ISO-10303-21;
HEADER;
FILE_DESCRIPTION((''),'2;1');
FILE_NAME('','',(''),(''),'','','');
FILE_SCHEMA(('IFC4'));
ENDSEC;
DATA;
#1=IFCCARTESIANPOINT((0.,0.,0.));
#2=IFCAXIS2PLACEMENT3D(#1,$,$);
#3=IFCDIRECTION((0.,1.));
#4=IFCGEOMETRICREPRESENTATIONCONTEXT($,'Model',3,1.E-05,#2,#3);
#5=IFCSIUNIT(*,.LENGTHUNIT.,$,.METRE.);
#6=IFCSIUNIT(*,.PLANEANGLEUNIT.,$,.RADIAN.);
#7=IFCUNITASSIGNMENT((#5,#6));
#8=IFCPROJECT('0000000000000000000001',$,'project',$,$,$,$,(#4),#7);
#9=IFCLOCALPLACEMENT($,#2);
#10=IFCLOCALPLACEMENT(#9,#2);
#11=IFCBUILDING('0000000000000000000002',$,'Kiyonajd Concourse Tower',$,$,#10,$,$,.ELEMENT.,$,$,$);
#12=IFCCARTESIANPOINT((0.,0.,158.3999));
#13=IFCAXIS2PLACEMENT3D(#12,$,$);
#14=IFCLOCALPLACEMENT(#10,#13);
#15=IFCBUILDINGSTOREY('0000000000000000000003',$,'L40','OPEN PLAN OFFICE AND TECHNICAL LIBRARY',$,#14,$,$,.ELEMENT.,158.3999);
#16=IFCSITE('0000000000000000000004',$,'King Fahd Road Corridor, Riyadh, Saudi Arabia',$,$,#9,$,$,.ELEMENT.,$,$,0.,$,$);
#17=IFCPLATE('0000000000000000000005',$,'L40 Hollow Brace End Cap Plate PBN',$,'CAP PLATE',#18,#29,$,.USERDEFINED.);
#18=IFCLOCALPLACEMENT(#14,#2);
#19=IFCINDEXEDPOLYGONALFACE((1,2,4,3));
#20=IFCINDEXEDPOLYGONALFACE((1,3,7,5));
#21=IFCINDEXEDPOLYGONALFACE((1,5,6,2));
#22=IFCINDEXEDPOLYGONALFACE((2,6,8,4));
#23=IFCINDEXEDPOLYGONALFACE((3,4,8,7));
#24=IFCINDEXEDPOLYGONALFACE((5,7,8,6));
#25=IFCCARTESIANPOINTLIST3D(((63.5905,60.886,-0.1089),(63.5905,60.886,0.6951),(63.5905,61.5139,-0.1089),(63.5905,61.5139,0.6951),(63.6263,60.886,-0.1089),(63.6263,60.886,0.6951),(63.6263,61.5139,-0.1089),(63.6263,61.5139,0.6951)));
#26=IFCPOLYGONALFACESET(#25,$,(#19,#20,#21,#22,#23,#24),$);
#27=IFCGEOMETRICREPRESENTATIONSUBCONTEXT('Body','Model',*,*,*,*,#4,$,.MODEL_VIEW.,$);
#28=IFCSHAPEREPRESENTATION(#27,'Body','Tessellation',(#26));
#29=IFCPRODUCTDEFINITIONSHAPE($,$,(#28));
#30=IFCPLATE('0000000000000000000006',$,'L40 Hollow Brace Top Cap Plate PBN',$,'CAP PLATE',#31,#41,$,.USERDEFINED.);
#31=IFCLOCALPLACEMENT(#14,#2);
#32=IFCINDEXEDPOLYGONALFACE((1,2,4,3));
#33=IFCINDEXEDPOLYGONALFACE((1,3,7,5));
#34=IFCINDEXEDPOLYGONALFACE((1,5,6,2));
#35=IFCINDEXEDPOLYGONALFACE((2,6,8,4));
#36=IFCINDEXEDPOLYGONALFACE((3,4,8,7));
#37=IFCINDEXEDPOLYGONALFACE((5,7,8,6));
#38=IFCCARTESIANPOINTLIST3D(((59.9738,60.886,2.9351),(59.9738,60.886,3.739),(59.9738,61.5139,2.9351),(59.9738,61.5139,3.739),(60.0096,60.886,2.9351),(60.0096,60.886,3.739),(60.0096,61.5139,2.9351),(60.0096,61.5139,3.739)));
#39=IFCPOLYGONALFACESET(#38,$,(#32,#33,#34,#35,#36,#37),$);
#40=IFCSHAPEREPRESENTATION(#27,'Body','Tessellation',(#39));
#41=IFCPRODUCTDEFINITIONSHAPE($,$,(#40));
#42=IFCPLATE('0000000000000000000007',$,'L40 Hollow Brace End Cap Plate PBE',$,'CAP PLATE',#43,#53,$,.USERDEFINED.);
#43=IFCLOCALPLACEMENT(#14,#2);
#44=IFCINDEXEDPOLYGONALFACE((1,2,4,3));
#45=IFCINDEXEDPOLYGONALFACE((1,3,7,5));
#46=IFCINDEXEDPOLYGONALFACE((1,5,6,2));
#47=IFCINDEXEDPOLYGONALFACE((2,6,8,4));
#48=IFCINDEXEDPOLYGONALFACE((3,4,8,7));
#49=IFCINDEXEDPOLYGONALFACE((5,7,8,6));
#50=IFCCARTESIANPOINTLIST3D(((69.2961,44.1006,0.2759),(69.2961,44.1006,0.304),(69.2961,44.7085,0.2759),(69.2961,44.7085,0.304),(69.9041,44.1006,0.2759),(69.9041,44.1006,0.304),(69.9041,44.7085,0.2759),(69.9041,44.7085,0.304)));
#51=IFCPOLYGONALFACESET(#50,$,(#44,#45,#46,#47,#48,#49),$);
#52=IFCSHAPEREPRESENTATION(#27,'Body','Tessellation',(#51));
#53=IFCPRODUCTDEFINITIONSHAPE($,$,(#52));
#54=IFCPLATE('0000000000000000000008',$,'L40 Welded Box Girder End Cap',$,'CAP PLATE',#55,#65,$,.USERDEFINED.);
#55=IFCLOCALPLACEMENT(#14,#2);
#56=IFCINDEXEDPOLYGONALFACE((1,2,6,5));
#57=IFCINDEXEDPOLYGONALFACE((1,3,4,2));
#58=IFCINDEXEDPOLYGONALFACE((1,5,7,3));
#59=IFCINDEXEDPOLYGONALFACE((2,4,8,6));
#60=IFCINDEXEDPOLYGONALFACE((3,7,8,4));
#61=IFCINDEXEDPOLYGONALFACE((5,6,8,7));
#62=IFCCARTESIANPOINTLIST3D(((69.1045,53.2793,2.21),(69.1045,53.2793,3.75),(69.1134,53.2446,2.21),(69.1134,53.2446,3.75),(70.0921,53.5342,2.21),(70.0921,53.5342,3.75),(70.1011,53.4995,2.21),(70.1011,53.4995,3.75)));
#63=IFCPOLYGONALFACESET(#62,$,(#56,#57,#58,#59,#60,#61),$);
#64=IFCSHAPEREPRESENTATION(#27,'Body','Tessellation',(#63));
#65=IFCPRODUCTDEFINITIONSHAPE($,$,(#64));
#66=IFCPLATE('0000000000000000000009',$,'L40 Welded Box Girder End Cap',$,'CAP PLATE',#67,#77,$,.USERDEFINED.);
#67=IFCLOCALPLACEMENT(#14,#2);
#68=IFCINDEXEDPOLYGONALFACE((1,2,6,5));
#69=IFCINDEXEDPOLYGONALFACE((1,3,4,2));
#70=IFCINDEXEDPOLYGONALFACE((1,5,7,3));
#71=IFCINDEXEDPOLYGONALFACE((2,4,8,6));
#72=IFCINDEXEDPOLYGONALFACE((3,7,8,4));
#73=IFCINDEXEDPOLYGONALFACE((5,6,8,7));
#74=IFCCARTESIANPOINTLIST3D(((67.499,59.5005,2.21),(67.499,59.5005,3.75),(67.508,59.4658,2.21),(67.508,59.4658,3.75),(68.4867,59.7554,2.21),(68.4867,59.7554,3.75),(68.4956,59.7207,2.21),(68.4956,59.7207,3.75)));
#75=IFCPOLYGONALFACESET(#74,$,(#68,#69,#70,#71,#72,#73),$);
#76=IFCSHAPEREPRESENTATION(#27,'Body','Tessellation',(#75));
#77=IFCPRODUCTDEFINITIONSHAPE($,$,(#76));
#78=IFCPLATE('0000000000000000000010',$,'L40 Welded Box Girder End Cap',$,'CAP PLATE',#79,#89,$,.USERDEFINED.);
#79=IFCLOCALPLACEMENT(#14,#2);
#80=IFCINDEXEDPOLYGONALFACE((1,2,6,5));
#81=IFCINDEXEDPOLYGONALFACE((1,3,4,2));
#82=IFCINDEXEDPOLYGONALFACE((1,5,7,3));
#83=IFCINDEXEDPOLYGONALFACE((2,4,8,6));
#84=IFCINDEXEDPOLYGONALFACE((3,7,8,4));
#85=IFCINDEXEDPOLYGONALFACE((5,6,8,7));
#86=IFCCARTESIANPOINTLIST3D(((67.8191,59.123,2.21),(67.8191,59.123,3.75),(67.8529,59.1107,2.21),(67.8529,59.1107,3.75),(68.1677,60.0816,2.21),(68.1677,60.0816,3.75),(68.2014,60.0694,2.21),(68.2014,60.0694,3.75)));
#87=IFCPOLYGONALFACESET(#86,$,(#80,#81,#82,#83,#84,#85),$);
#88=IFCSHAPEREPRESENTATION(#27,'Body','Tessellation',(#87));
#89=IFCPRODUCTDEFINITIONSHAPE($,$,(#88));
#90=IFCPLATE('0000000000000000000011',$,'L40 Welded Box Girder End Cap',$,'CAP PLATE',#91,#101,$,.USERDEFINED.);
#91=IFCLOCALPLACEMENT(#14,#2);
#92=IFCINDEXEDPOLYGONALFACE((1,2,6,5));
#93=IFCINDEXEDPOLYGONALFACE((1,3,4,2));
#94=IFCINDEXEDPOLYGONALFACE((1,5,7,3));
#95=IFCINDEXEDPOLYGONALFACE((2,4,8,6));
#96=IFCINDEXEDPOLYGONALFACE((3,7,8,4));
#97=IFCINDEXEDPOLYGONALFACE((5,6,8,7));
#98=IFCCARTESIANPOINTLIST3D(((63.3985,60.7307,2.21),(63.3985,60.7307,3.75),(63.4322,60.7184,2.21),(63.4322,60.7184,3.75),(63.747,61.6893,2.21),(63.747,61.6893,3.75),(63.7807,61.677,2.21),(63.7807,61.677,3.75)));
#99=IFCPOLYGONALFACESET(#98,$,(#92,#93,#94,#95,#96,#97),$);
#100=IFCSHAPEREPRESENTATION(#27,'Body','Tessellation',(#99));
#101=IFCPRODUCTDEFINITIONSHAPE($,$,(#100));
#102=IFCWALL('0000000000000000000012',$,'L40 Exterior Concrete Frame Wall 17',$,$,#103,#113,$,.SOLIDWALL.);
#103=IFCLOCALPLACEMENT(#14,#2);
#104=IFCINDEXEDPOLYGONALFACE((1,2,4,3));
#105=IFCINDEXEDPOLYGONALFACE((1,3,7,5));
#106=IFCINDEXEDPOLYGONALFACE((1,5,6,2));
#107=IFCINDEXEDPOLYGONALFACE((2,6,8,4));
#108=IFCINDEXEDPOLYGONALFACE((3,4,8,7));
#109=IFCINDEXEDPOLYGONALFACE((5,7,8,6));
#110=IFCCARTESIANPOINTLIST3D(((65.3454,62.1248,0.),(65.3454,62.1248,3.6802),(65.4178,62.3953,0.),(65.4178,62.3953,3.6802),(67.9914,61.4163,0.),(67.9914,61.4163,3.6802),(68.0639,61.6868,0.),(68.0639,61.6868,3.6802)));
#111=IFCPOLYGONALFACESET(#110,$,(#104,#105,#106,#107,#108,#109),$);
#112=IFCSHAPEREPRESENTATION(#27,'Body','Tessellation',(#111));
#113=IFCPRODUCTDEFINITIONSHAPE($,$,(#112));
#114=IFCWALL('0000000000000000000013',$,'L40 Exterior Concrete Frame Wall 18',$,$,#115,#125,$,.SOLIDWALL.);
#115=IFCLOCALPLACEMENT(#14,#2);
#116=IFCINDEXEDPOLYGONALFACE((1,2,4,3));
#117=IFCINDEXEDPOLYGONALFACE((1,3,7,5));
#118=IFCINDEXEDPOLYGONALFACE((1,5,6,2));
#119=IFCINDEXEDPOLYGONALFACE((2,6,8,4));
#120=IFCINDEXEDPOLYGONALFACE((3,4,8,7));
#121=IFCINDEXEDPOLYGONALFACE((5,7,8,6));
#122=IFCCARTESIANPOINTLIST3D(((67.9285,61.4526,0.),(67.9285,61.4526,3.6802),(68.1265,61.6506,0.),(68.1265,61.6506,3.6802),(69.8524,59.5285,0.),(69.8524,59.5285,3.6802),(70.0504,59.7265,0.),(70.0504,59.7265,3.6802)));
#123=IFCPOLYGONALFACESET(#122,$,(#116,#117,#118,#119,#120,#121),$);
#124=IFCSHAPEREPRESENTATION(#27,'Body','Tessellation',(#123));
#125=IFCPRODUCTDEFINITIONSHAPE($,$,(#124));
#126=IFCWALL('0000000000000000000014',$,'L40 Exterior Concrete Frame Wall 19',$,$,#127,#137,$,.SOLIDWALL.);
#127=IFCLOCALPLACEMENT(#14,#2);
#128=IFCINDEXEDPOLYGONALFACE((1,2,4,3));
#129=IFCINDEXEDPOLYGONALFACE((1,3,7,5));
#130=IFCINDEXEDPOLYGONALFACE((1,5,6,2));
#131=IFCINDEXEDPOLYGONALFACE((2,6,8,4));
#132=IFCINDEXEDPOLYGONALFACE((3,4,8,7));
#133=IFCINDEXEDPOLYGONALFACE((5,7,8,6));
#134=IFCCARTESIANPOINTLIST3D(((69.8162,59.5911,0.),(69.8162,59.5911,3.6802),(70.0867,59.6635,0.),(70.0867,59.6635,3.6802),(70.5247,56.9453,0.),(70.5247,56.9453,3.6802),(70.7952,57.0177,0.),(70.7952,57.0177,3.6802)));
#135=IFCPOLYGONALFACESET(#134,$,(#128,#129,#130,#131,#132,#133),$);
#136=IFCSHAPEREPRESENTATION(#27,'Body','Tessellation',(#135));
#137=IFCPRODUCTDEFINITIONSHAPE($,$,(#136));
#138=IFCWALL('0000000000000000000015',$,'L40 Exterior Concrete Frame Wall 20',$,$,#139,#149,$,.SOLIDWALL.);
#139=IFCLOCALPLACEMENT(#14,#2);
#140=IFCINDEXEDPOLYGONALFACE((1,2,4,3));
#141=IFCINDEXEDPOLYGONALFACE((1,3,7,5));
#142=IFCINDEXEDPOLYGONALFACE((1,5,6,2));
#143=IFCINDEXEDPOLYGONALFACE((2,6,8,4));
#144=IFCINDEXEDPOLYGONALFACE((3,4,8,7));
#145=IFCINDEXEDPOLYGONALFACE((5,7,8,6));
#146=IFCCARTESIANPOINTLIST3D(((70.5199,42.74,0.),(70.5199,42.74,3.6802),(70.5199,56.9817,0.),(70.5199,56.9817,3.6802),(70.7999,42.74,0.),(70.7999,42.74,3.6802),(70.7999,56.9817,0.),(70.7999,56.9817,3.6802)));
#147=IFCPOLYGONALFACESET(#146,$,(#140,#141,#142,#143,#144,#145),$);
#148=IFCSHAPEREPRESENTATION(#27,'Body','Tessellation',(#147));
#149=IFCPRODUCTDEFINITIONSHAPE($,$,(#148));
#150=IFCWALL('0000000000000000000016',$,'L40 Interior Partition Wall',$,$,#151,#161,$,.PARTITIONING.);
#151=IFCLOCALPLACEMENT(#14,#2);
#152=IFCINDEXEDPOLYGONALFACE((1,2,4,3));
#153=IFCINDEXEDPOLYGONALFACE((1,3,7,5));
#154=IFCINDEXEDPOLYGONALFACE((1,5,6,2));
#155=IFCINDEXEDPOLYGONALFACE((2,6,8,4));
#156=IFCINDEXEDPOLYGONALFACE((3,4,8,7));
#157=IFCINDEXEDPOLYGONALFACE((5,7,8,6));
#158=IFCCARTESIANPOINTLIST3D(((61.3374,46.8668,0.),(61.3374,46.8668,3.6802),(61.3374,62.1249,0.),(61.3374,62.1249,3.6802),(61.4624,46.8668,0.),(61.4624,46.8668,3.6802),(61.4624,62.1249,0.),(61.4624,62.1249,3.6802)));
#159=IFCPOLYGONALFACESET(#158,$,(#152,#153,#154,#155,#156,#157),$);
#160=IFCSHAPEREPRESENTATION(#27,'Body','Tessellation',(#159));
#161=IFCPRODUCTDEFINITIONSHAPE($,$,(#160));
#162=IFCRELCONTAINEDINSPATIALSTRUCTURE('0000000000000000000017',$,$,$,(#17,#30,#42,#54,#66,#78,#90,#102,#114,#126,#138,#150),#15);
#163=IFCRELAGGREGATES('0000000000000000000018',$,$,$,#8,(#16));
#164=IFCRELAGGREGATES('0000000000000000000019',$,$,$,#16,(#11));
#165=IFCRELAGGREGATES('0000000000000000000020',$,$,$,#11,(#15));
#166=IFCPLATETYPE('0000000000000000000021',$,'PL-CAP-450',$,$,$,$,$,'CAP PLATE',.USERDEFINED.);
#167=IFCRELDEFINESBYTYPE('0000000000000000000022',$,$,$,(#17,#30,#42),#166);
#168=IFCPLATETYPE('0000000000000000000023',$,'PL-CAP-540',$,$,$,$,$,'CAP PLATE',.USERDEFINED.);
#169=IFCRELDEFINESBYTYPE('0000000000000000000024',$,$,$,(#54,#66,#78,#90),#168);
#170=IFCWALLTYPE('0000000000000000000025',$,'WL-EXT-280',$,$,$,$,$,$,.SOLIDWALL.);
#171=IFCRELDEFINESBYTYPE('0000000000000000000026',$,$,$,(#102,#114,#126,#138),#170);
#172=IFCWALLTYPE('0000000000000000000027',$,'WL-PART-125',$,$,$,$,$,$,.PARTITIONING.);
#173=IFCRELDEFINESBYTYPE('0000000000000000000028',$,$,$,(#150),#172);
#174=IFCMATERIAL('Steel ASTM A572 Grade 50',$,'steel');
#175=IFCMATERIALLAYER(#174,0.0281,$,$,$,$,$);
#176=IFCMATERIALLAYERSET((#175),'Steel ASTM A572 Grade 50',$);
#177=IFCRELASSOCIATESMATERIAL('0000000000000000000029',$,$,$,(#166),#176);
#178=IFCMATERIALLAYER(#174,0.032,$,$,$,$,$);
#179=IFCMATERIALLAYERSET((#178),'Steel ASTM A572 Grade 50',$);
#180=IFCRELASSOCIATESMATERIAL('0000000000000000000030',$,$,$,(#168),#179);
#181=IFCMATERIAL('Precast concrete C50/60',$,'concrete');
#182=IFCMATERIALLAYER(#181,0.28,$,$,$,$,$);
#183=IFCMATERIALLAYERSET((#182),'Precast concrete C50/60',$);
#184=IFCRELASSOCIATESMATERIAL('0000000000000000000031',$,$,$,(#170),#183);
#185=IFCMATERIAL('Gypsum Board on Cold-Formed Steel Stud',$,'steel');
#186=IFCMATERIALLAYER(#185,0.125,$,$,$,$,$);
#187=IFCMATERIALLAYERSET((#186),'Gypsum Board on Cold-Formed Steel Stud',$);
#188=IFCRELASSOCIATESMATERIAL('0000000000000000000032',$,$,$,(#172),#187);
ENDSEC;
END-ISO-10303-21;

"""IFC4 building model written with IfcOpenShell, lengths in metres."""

from ifc_helpers import new_model, si_unit, direction, frame, frame_2d, origin, origin_2d, place, context, subcontext, project, spatial, rectangle, extrude, material, layer, layer_set, type_object, element, save


model = new_model("IFC4")

# Units and contexts
model_context = context("Model", 3, precision=1e-05, world=origin(), true_north=direction((0.0, 1.0)))
body_context = subcontext(model_context, "Body", "Model", "MODEL_VIEW")
ifc_project = project(units=[si_unit("LENGTHUNIT", "METRE"), si_unit("PLANEANGLEUNIT", "RADIAN")], contexts=[model_context])

# Site, building, storey
site_placement = place(None, origin())
site = spatial("IfcSite", under=ifc_project, at=site_placement, Name="King Fahd Road Corridor, Riyadh, Saudi Arabia", CompositionType="ELEMENT", RefElevation=0.0)
building_placement = place(site_placement, origin())
building = spatial("IfcBuilding", under=site, at=building_placement, Name="Kiyonajd Concourse Tower", CompositionType="ELEMENT")
storey_placement = place(building_placement, frame((0.0, 0.0, 158.3999)))
storey = spatial("IfcBuildingStorey", under=building, at=storey_placement, Name="L40", Description="OPEN PLAN OFFICE AND TECHNICAL LIBRARY", CompositionType="ELEMENT", Elevation=158.3999)

# Shared definitions
ifc_material_1 = material(Name="Steel ASTM A572 Grade 50", Category="steel")

# Plates
ifc_layer_1 = layer(ifc_material_1, 0.0281)
ifc_layer_set_1 = layer_set([ifc_layer_1], Name="Steel ASTM A572 Grade 50")
plate_type_1 = type_object("IfcPlateType", Name="PL-CAP-450", ElementType="CAP PLATE", PredefinedType="USERDEFINED", material=ifc_layer_set_1)
for number, where, z_axis, x_axis, name in (
    (1, (63.6084, 61.2, -0.1089), (0.0, 0.0, 1.0), (1.0, 0.0, 0.0), "L40 Hollow Brace End Cap Plate PBN"),
    (2, (59.9917, 61.2, 2.9351), (0.0, 0.0, 1.0), (-1.0, 0.0, 0.0), "L40 Hollow Brace Top Cap Plate PBN"),
):
    element("IfcPlate", number, at=place(storey_placement, frame(where, z_axis=z_axis, x_axis=x_axis)), inside=storey, type_object=plate_type_1, Name=name, ObjectType="CAP PLATE", PredefinedType="USERDEFINED", context=body_context, shape_type="SweptSolid", body=[
        extrude(rectangle(XDim=0.0359, YDim=0.6279, at=origin_2d()), origin(), (0.0, 0.0, 1.0), 0.804),
    ])
plate_placement = place(storey_placement, frame((69.6001, 44.4045, 0.2759), z_axis=(0.0, 0.0, 1.0), x_axis=(1.0, 0.0, 0.0)))
element("IfcPlate", 3, at=plate_placement, inside=storey, type_object=plate_type_1, Name="L40 Hollow Brace End Cap Plate PBE", ObjectType="CAP PLATE", PredefinedType="USERDEFINED", context=body_context, shape_type="SweptSolid", body=[
    extrude(rectangle(XDim=0.6079, YDim=0.6079, at=origin_2d()), origin(), (0.0, 0.0, 1.0), 0.0281),
])
ifc_layer_2 = layer(ifc_material_1, 0.032)
ifc_layer_set_2 = layer_set([ifc_layer_2], Name="Steel ASTM A572 Grade 50")
plate_type_2 = type_object("IfcPlateType", Name="PL-CAP-540", ElementType="CAP PLATE", PredefinedType="USERDEFINED", material=ifc_layer_set_2)
for number, where, z_axis, x_axis, name in (
    (4, (69.6028, 53.3894, 2.21), (0.0, 0.0, 1.0), (0.249873, -0.968279, 0.0), "L40 Welded Box Girder End Cap"),
    (5, (67.9973, 59.6106, 2.21), (0.0, 0.0, 1.0), (-0.249873, 0.968279, 0.0), "L40 Welded Box Girder End Cap"),
    (6, (68.0103, 59.5962, 2.21), (0.0, 0.0, 1.0), (0.939812, -0.341692, 0.0), "L40 Welded Box Girder End Cap"),
    (7, (63.5896, 61.2039, 2.21), (0.0, 0.0, 1.0), (-0.939812, 0.341692, 0.0), "L40 Welded Box Girder End Cap"),
):
    element("IfcPlate", number, at=place(storey_placement, frame(where, z_axis=z_axis, x_axis=x_axis)), inside=storey, type_object=plate_type_2, Name=name, ObjectType="CAP PLATE", PredefinedType="USERDEFINED", context=body_context, shape_type="SweptSolid", body=[
        extrude(rectangle(XDim=0.0359, YDim=1.02, at=origin_2d()), origin(), (0.0, 0.0, 1.0), 1.54),
    ])

# Walls
ifc_material_2 = material(Name="Precast concrete C50/60", Category="concrete")
ifc_layer_3 = layer(ifc_material_2, 0.28)
ifc_layer_set_3 = layer_set([ifc_layer_3], Name="Precast concrete C50/60")
wall_type_1 = type_object("IfcWallType", Name="WL-EXT-280", PredefinedType="SOLIDWALL", material=ifc_layer_set_3)
wall_1_placement = place(storey_placement, frame((65.3816, 62.26, 0.0), z_axis=(0.0, 0.0, 1.0), x_axis=(0.965971, -0.25865, 0.0)))
element("IfcWall", 8, at=wall_1_placement, inside=storey, type_object=wall_type_1, Name="L40 Exterior Concrete Frame Wall 17", PredefinedType="SOLIDWALL", context=body_context, shape_type="SweptSolid", body=[
    extrude(rectangle(XDim=2.7393, YDim=0.28, at=frame_2d((1.3696, 0.0))), origin(), (0.0, 0.0, 1.0), 3.6802),
])
wall_2_placement = place(storey_placement, frame((68.0276, 61.5515, 0.0), z_axis=(0.0, 0.0, 1.0), x_axis=(0.707062, -0.707152, 0.0)))
element("IfcWall", 9, at=wall_2_placement, inside=storey, type_object=wall_type_1, Name="L40 Exterior Concrete Frame Wall 18", PredefinedType="SOLIDWALL", context=body_context, shape_type="SweptSolid", body=[
    extrude(rectangle(XDim=2.7209, YDim=0.28, at=frame_2d((1.3604, 0.0))), origin(), (0.0, 0.0, 1.0), 3.6802),
])
wall_3_placement = place(storey_placement, frame((69.9514, 59.6274, 0.0), z_axis=(0.0, 0.0, 1.0), x_axis=(0.258672, -0.965965, 0.0)))
element("IfcWall", 10, at=wall_3_placement, inside=storey, type_object=wall_type_1, Name="L40 Exterior Concrete Frame Wall 19", PredefinedType="SOLIDWALL", context=body_context, shape_type="SweptSolid", body=[
    extrude(rectangle(XDim=2.739, YDim=0.28, at=frame_2d((1.3696, 0.0))), origin(), (0.0, 0.0, 1.0), 3.6802),
])
wall_4_placement = place(storey_placement, frame((70.6599, 56.9817, 0.0), z_axis=(0.0, 0.0, 1.0), x_axis=(0.0, -1.0, 0.0)))
element("IfcWall", 11, at=wall_4_placement, inside=storey, type_object=wall_type_1, Name="L40 Exterior Concrete Frame Wall 20", PredefinedType="SOLIDWALL", context=body_context, shape_type="SweptSolid", body=[
    extrude(rectangle(XDim=14.2417, YDim=0.28, at=frame_2d((7.1208, 0.0))), origin(), (0.0, 0.0, 1.0), 3.6802),
])
ifc_material_3 = material(Name="Gypsum Board on Cold-Formed Steel Stud", Category="steel")
ifc_layer_4 = layer(ifc_material_3, 0.125)
ifc_layer_set_4 = layer_set([ifc_layer_4], Name="Gypsum Board on Cold-Formed Steel Stud")
wall_type_2 = type_object("IfcWallType", Name="WL-PART-125", PredefinedType="PARTITIONING", material=ifc_layer_set_4)
wall_5_placement = place(storey_placement, frame((61.3999, 46.8669, 0.0), z_axis=(0.0, 0.0, 1.0), x_axis=(0.0, 1.0, 0.0)))
element("IfcWall", 12, at=wall_5_placement, inside=storey, type_object=wall_type_2, Name="L40 Interior Partition Wall", PredefinedType="PARTITIONING", context=body_context, shape_type="SweptSolid", body=[
    extrude(rectangle(XDim=15.2581, YDim=0.125, at=frame_2d((7.6289, 0.0))), origin(), (0.0, 0.0, 1.0), 3.6802),
])

save(model, "model.ifc")
